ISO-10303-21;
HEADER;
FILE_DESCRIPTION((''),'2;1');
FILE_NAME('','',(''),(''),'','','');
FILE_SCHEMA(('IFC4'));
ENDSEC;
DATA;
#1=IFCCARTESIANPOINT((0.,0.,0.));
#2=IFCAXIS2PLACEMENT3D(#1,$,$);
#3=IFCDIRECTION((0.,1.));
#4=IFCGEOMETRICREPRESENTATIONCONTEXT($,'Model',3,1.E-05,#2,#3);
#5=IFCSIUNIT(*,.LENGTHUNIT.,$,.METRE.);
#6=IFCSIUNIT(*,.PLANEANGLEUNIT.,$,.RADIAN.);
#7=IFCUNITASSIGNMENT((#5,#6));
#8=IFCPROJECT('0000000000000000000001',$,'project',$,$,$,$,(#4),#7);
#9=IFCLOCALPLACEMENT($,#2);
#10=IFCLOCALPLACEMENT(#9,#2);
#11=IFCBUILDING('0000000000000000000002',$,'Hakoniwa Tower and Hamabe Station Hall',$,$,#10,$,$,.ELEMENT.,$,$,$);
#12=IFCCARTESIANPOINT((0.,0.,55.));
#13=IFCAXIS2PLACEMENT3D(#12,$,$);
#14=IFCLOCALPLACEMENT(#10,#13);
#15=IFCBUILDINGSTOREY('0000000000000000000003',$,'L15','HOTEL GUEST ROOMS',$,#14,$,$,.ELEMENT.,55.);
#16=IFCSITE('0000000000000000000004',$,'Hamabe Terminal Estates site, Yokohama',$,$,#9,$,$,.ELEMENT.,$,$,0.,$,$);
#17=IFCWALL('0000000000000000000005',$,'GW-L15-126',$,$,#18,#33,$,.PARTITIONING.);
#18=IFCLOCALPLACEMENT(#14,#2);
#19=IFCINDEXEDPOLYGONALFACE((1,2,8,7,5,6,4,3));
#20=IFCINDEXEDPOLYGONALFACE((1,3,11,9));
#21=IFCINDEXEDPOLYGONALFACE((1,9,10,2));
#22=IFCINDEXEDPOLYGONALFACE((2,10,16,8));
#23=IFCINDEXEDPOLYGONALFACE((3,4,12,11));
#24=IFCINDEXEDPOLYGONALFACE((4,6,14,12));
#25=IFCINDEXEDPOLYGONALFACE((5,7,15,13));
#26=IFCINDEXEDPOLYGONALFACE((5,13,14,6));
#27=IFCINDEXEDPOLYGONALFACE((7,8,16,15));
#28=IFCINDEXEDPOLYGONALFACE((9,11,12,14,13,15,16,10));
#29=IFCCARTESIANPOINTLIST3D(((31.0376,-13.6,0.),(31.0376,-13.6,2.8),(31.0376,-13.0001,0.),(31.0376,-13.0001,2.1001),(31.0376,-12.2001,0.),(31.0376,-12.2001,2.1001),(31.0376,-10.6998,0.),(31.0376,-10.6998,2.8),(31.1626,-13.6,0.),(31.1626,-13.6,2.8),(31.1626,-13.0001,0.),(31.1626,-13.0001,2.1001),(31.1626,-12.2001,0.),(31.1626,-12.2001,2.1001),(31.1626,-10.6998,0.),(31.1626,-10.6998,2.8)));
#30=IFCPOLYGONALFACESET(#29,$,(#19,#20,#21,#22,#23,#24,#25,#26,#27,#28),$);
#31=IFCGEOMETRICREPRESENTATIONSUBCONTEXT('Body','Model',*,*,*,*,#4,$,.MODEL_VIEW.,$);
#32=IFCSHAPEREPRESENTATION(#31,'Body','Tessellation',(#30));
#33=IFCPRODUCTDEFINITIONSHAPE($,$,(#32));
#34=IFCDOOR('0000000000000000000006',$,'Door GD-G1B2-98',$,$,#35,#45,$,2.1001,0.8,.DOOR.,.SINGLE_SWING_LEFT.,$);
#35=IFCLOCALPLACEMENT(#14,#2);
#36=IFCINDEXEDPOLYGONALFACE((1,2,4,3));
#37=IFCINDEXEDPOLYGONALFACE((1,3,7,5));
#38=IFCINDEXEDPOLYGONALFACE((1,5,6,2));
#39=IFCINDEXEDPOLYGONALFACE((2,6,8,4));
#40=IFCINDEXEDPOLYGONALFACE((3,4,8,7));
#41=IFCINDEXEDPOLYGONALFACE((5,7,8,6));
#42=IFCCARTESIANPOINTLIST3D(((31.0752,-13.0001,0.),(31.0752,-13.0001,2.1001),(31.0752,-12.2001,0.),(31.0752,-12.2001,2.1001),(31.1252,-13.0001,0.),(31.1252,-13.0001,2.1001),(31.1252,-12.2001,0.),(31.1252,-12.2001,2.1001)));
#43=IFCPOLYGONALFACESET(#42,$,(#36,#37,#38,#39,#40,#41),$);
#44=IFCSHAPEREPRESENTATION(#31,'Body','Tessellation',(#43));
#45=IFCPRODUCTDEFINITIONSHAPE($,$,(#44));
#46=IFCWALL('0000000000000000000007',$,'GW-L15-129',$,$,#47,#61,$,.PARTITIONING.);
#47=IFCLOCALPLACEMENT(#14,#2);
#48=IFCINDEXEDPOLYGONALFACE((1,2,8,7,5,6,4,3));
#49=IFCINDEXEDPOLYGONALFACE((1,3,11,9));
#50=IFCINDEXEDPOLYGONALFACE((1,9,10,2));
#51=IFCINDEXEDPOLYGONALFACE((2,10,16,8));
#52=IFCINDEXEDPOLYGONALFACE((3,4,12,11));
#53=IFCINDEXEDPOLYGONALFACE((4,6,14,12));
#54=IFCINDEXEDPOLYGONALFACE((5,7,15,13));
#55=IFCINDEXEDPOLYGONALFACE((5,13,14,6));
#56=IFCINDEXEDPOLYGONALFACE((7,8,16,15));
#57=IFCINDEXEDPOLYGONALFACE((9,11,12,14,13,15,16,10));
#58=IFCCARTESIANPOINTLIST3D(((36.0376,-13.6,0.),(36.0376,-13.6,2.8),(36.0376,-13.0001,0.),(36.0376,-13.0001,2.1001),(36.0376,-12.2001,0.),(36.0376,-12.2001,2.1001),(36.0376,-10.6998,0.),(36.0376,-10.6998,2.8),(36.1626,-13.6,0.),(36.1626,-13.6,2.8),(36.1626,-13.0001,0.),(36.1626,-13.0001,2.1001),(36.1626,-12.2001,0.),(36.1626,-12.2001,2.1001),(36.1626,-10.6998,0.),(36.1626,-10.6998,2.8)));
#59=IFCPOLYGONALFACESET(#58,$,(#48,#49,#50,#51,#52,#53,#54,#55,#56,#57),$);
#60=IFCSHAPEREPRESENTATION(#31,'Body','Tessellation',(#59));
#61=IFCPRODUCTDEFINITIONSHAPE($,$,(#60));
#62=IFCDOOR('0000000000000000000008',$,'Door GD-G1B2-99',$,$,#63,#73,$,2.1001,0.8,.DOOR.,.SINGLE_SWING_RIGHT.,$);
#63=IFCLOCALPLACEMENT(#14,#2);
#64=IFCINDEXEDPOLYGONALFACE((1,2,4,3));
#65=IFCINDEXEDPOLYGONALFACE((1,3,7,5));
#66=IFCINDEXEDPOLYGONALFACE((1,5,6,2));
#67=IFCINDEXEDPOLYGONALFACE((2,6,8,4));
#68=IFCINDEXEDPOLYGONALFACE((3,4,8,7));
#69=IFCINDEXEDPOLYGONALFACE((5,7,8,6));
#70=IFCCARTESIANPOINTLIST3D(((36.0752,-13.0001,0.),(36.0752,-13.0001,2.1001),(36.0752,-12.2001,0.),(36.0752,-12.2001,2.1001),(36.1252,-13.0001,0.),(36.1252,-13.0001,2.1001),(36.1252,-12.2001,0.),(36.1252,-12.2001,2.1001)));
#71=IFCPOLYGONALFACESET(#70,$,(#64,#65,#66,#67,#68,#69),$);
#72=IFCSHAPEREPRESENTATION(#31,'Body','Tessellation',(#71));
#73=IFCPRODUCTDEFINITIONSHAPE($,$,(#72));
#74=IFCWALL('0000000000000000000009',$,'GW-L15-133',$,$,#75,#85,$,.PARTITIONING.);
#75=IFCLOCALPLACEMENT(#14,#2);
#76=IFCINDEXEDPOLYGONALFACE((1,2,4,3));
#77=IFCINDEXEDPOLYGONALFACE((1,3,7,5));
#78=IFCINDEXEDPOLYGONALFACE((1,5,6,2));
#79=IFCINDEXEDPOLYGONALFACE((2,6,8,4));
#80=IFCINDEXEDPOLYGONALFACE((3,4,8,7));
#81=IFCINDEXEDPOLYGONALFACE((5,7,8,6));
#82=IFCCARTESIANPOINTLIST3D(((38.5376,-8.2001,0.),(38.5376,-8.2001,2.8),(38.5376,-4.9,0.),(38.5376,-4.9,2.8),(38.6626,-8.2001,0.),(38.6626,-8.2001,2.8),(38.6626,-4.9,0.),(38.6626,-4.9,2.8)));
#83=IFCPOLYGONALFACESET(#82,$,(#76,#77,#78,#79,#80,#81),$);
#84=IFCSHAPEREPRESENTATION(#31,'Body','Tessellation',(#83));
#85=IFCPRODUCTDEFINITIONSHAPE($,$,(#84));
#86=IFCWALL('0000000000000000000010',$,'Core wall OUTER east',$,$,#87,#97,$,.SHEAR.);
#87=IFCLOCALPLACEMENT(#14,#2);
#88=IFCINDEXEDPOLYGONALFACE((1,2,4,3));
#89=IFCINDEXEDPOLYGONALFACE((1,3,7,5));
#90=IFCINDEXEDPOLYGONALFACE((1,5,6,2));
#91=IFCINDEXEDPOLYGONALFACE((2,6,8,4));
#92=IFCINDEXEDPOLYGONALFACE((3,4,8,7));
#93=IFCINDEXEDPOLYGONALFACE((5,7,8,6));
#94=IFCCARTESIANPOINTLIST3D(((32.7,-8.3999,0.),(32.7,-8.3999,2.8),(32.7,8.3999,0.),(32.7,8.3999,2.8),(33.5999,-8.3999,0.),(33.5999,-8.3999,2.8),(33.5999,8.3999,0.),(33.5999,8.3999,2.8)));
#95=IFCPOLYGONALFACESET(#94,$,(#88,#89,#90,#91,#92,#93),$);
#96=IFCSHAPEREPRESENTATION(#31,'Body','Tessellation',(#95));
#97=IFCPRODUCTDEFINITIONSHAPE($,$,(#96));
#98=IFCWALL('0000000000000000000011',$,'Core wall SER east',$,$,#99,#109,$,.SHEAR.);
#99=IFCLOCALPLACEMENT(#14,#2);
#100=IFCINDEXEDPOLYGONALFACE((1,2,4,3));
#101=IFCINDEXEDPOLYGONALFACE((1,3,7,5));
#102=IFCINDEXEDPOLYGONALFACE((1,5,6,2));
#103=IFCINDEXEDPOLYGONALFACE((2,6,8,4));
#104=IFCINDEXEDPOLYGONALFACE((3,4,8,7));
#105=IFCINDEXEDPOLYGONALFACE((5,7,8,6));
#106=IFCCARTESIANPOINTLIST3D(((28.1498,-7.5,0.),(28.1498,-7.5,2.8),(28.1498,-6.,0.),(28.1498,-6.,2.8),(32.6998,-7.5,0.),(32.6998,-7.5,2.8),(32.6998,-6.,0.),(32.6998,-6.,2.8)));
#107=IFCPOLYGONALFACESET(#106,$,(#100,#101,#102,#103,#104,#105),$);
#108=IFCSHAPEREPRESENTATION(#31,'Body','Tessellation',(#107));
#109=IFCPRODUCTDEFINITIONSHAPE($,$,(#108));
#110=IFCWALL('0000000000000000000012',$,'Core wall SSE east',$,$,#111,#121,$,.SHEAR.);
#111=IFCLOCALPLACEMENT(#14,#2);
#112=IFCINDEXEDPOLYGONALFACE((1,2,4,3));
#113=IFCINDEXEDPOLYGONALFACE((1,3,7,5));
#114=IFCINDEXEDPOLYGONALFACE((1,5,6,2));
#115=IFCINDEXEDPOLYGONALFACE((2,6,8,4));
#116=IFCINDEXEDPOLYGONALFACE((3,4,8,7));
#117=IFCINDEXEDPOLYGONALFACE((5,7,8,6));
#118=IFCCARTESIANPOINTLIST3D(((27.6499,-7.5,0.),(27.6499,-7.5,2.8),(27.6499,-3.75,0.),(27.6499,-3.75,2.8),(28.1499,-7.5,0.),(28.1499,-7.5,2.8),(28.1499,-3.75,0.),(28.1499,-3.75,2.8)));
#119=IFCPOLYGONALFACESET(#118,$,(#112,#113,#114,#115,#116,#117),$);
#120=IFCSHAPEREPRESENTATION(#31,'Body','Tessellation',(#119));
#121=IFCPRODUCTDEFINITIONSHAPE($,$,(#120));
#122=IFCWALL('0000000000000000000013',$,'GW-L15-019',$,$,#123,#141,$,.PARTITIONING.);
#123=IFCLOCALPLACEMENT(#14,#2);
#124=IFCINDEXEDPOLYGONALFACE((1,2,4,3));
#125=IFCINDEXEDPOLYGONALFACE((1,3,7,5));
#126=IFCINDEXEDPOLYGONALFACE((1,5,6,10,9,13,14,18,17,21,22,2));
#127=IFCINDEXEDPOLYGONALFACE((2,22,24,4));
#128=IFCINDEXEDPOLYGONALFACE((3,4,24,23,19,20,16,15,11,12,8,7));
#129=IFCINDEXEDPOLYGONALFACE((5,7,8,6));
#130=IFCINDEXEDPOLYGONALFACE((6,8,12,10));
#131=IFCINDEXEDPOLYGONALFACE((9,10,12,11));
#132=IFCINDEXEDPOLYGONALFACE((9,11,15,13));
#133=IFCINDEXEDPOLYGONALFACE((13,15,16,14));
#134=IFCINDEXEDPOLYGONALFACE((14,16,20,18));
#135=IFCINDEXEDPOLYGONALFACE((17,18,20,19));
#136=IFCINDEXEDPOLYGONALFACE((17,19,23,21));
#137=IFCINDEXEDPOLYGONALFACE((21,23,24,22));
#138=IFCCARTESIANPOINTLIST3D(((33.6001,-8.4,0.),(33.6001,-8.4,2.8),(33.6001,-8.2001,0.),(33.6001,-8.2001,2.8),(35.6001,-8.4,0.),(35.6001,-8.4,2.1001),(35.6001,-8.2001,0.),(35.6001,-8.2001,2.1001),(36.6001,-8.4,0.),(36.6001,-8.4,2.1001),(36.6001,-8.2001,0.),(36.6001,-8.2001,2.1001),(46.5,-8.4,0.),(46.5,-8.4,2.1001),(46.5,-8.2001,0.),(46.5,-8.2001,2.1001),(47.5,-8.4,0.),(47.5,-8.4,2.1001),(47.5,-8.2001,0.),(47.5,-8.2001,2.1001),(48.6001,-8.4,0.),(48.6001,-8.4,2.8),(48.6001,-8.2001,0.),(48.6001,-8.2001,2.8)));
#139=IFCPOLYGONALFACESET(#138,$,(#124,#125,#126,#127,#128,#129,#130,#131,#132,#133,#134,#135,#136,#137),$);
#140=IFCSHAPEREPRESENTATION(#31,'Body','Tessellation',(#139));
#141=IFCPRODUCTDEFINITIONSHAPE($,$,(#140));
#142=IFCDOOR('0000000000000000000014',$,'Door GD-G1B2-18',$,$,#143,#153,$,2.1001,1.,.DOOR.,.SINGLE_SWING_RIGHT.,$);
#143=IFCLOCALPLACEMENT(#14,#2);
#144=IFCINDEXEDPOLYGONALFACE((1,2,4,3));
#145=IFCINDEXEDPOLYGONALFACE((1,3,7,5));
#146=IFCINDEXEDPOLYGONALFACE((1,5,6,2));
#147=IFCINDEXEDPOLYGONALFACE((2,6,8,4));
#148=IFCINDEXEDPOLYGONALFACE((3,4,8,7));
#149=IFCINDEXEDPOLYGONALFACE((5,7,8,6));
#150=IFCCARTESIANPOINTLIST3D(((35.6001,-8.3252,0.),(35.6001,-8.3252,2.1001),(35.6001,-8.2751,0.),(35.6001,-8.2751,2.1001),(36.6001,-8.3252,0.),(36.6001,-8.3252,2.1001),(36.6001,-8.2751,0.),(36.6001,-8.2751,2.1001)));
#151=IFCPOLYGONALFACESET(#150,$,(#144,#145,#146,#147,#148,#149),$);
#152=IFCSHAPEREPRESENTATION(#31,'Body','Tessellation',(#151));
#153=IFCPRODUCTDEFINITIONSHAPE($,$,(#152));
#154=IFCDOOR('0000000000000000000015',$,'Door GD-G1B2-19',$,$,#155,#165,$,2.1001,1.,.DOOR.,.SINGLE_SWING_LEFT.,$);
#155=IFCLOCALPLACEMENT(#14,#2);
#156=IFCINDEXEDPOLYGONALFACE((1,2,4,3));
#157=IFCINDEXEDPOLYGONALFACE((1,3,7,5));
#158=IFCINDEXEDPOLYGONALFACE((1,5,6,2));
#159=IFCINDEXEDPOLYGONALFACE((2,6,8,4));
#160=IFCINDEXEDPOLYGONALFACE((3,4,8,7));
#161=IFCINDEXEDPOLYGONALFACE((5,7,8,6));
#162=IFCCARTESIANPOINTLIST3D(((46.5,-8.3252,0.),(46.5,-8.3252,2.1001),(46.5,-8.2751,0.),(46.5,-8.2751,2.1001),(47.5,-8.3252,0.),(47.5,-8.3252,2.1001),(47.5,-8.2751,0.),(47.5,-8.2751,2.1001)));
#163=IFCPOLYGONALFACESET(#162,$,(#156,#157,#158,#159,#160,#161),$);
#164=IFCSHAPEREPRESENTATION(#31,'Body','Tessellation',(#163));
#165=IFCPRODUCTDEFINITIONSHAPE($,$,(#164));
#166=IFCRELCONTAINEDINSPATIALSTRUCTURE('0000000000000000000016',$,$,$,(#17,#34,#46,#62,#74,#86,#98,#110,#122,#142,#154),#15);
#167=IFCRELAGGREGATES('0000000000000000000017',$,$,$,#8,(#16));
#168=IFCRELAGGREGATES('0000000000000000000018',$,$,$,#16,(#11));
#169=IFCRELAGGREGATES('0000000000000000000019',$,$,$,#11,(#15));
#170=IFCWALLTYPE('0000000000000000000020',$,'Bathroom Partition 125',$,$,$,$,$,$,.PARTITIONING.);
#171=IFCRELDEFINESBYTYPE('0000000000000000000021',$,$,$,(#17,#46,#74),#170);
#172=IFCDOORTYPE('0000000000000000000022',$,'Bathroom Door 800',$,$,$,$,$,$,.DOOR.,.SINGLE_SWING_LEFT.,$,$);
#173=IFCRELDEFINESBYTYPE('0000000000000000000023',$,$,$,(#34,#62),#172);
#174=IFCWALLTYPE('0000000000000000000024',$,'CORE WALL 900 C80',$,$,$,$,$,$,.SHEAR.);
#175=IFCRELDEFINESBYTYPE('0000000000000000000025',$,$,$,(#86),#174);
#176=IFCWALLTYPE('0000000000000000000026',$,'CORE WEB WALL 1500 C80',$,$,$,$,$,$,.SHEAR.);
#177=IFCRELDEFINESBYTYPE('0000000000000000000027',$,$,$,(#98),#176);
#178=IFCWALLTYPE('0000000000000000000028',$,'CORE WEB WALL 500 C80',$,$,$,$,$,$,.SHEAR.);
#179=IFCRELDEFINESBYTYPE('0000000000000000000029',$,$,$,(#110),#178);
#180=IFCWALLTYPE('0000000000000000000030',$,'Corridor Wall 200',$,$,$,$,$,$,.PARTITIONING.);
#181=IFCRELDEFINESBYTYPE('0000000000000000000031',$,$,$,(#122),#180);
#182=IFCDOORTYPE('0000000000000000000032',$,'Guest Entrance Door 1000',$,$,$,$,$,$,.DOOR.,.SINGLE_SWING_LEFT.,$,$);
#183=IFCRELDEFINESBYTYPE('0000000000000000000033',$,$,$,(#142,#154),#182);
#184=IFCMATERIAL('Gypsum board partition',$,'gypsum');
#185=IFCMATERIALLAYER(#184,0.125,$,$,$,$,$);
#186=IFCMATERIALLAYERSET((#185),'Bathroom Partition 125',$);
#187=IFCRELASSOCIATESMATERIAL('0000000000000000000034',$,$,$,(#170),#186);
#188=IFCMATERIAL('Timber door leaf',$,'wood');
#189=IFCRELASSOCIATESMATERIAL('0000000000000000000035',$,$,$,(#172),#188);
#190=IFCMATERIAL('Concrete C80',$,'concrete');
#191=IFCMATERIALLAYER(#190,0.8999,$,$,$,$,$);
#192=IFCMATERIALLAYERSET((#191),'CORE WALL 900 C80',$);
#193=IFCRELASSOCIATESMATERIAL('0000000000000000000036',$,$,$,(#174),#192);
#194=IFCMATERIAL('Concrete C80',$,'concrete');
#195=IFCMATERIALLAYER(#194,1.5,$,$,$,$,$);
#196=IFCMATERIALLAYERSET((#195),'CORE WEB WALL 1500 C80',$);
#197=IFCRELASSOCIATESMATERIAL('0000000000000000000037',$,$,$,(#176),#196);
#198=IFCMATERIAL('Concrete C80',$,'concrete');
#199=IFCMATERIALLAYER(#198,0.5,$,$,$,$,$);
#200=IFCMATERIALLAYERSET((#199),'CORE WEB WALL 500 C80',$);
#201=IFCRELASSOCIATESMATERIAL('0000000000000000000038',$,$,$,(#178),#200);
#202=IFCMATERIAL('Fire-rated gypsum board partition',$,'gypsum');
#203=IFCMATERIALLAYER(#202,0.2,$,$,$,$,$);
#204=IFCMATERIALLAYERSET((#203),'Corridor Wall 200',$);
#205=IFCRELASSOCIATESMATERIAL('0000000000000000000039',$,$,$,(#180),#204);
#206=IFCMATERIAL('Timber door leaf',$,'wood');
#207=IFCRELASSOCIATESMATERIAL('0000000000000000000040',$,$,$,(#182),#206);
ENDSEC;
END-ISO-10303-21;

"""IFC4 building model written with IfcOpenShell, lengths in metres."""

from ifc_helpers import new_model, si_unit, direction, frame, frame_2d, origin, place, context, subcontext, project, spatial, rectangle, extrude, material, layer, layer_set, type_object, element, fill, save


model = new_model("IFC4")

# Units and contexts
model_context = context("Model", 3, precision=1e-05, world=origin(), true_north=direction((0.0, 1.0)))
body_context = subcontext(model_context, "Body", "Model", "MODEL_VIEW")
ifc_project = project(units=[si_unit("LENGTHUNIT", "METRE"), si_unit("PLANEANGLEUNIT", "RADIAN")], contexts=[model_context])

# Site, building, storey
site_placement = place(None, origin())
site = spatial("IfcSite", under=ifc_project, at=site_placement, Name="Hamabe Terminal Estates site, Yokohama", CompositionType="ELEMENT", RefElevation=0.0)
building_placement = place(site_placement, origin())
building = spatial("IfcBuilding", under=site, at=building_placement, Name="Hakoniwa Tower and Hamabe Station Hall", CompositionType="ELEMENT")
storey_placement = place(building_placement, frame((0.0, 0.0, 55.0)))
storey = spatial("IfcBuildingStorey", under=building, at=storey_placement, Name="L15", Description="HOTEL GUEST ROOMS", CompositionType="ELEMENT", Elevation=55.0)

# Shared definitions
ifc_material_1 = material(Name="Gypsum board partition", Category="gypsum")
ifc_layer_1 = layer(ifc_material_1, 0.125)
ifc_layer_set_1 = layer_set([ifc_layer_1], Name="Bathroom Partition 125")
wall_type_1 = type_object("IfcWallType", Name="Bathroom Partition 125", PredefinedType="PARTITIONING", material=ifc_layer_set_1)

# Shared definitions
ifc_material_2 = material(Name="Timber door leaf", Category="wood")
door_type_1 = type_object("IfcDoorType", Name="Bathroom Door 800", OperationType="SINGLE_SWING_LEFT", PredefinedType="DOOR", material=ifc_material_2)

# Walls, openings, doors
wall_1_placement = place(storey_placement, frame((31.1001, -13.6001, 0.0), z_axis=(0.0, 0.0, 1.0), x_axis=(0.0, 1.0, 0.0)))
wall_1 = element("IfcWall", 1, at=wall_1_placement, inside=storey, type_object=wall_type_1, Name="GW-L15-126", PredefinedType="PARTITIONING", context=body_context, shape_type="SweptSolid", body=[
    extrude(rectangle(XDim=2.9001, YDim=0.125, at=frame_2d((1.4502, 0.0))), origin(), (0.0, 0.0, 1.0), 2.8),
])
opening_1_placement = place(wall_1_placement, frame((0.6001, 0.0, 0.0)))
opening_1 = element("IfcOpeningElement", 2, at=opening_1_placement, cuts=wall_1, PredefinedType="OPENING", context=body_context, shape_type="SweptSolid", body=[
    extrude(rectangle(XDim=0.8, YDim=2.1001, at=frame_2d((0.3999, 1.05))), frame((0.0, 0.0725, 0.0), z_axis=(0.0, -1.0, 0.0), x_axis=(1.0, 0.0, 0.0)), (0.0, 0.0, 1.0), 0.145),
])
door_1_placement = place(opening_1_placement, origin())
door_1 = element("IfcDoor", 3, at=door_1_placement, inside=storey, type_object=door_type_1, Name="Door GD-G1B2-98", OperationType="SINGLE_SWING_LEFT", OverallHeight=2.1001, OverallWidth=0.8, PredefinedType="DOOR", context=body_context, shape_type="SweptSolid", body=[
    extrude(rectangle(XDim=0.8, YDim=2.1001, at=frame_2d((0.3999, 1.05))), frame((0.0, 0.0249, 0.0), z_axis=(0.0, -1.0, 0.0), x_axis=(1.0, 0.0, 0.0)), (0.0, 0.0, 1.0), 0.05),
])
fill(opening_1, door_1)
wall_2_placement = place(storey_placement, frame((36.1001, -13.6001, 0.0), z_axis=(0.0, 0.0, 1.0), x_axis=(0.0, 1.0, 0.0)))
wall_2 = element("IfcWall", 4, at=wall_2_placement, inside=storey, type_object=wall_type_1, Name="GW-L15-129", PredefinedType="PARTITIONING", context=body_context, shape_type="SweptSolid", body=[
    extrude(rectangle(XDim=2.9001, YDim=0.125, at=frame_2d((1.4502, 0.0))), origin(), (0.0, 0.0, 1.0), 2.8),
])
opening_2_placement = place(wall_2_placement, frame((0.6001, 0.0, 0.0)))
opening_2 = element("IfcOpeningElement", 5, at=opening_2_placement, cuts=wall_2, PredefinedType="OPENING", context=body_context, shape_type="SweptSolid", body=[
    extrude(rectangle(XDim=0.8, YDim=2.1001, at=frame_2d((0.3999, 1.05))), frame((0.0, 0.0725, 0.0), z_axis=(0.0, -1.0, 0.0), x_axis=(1.0, 0.0, 0.0)), (0.0, 0.0, 1.0), 0.145),
])
door_2_placement = place(opening_2_placement, origin())
door_2 = element("IfcDoor", 6, at=door_2_placement, inside=storey, type_object=door_type_1, Name="Door GD-G1B2-99", OperationType="SINGLE_SWING_RIGHT", OverallHeight=2.1001, OverallWidth=0.8, PredefinedType="DOOR", context=body_context, shape_type="SweptSolid", body=[
    extrude(rectangle(XDim=0.8, YDim=2.1001, at=frame_2d((0.3999, 1.05))), frame((0.0, 0.0249, 0.0), z_axis=(0.0, -1.0, 0.0), x_axis=(1.0, 0.0, 0.0)), (0.0, 0.0, 1.0), 0.05),
])
fill(opening_2, door_2)

# Walls
wall_3_placement = place(storey_placement, frame((38.6001, -8.2, 0.0), z_axis=(0.0, 0.0, 1.0), x_axis=(0.0, 1.0, 0.0)))
element("IfcWall", 7, at=wall_3_placement, inside=storey, type_object=wall_type_1, Name="GW-L15-133", PredefinedType="PARTITIONING", context=body_context, shape_type="SweptSolid", body=[
    extrude(rectangle(XDim=3.3, YDim=0.125, at=frame_2d((1.6499, 0.0))), origin(), (0.0, 0.0, 1.0), 2.8),
])
ifc_material_3 = material(Name="Concrete C80", Category="concrete")
ifc_layer_2 = layer(ifc_material_3, 0.8999)
ifc_layer_set_2 = layer_set([ifc_layer_2], Name="CORE WALL 900 C80")
wall_type_2 = type_object("IfcWallType", Name="CORE WALL 900 C80", PredefinedType="SHEAR", material=ifc_layer_set_2)
wall_4_placement = place(storey_placement, frame((33.1499, -8.3999, 0.0), z_axis=(0.0, 0.0, 1.0), x_axis=(0.0, 1.0, 0.0)))
element("IfcWall", 8, at=wall_4_placement, inside=storey, type_object=wall_type_2, Name="Core wall OUTER east", PredefinedType="SHEAR", context=body_context, shape_type="SweptSolid", body=[
    extrude(rectangle(XDim=16.7998, YDim=0.8999, at=frame_2d((8.3999, 0.0))), origin(), (0.0, 0.0, 1.0), 2.8),
])
ifc_material_4 = material(Name="Concrete C80", Category="concrete")
ifc_layer_3 = layer(ifc_material_4, 1.5)
ifc_layer_set_3 = layer_set([ifc_layer_3], Name="CORE WEB WALL 1500 C80")
wall_type_3 = type_object("IfcWallType", Name="CORE WEB WALL 1500 C80", PredefinedType="SHEAR", material=ifc_layer_set_3)
wall_5_placement = place(storey_placement, frame((28.1499, -6.75, 0.0), z_axis=(0.0, 0.0, 1.0), x_axis=(1.0, 0.0, 0.0)))
element("IfcWall", 9, at=wall_5_placement, inside=storey, type_object=wall_type_3, Name="Core wall SER east", PredefinedType="SHEAR", context=body_context, shape_type="SweptSolid", body=[
    extrude(rectangle(XDim=4.55, YDim=1.5, at=frame_2d((2.2749, 0.0))), origin(), (0.0, 0.0, 1.0), 2.8),
])
ifc_material_5 = material(Name="Concrete C80", Category="concrete")
ifc_layer_4 = layer(ifc_material_5, 0.5)
ifc_layer_set_4 = layer_set([ifc_layer_4], Name="CORE WEB WALL 500 C80")
wall_type_4 = type_object("IfcWallType", Name="CORE WEB WALL 500 C80", PredefinedType="SHEAR", material=ifc_layer_set_4)
wall_6_placement = place(storey_placement, frame((27.8999, -7.5, 0.0), z_axis=(0.0, 0.0, 1.0), x_axis=(0.0, 1.0, 0.0)))
element("IfcWall", 10, at=wall_6_placement, inside=storey, type_object=wall_type_4, Name="Core wall SSE east", PredefinedType="SHEAR", context=body_context, shape_type="SweptSolid", body=[
    extrude(rectangle(XDim=3.75, YDim=0.5, at=frame_2d((1.875, 0.0))), origin(), (0.0, 0.0, 1.0), 2.8),
])

# Wall, openings, doors
ifc_material_6 = material(Name="Fire-rated gypsum board partition", Category="gypsum")
ifc_layer_5 = layer(ifc_material_6, 0.2)
ifc_layer_set_5 = layer_set([ifc_layer_5], Name="Corridor Wall 200")
wall_type_5 = type_object("IfcWallType", Name="Corridor Wall 200", PredefinedType="PARTITIONING", material=ifc_layer_set_5)
wall_7_placement = place(storey_placement, frame((33.6001, -8.3, 0.0), z_axis=(0.0, 0.0, 1.0), x_axis=(1.0, 0.0, 0.0)))
wall_7 = element("IfcWall", 11, at=wall_7_placement, inside=storey, type_object=wall_type_5, Name="GW-L15-019", PredefinedType="PARTITIONING", context=body_context, shape_type="SweptSolid", body=[
    extrude(rectangle(XDim=15.0, YDim=0.2, at=frame_2d((7.5, 0.0))), origin(), (0.0, 0.0, 1.0), 2.8),
])
opening_3_placement = place(wall_7_placement, frame((2.0, 0.0, 0.0)))
opening_3 = element("IfcOpeningElement", 12, at=opening_3_placement, cuts=wall_7, PredefinedType="OPENING", context=body_context, shape_type="SweptSolid", body=[
    extrude(rectangle(XDim=1.0, YDim=2.1001, at=frame_2d((0.5, 1.05))), frame((0.0, 0.1099, 0.0), z_axis=(0.0, -1.0, 0.0), x_axis=(1.0, 0.0, 0.0)), (0.0, 0.0, 1.0), 0.22),
])
opening_4_placement = place(wall_7_placement, frame((12.8999, 0.0, 0.0)))
opening_4 = element("IfcOpeningElement", 13, at=opening_4_placement, cuts=wall_7, PredefinedType="OPENING", context=body_context, shape_type="SweptSolid", body=[
    extrude(rectangle(XDim=1.0, YDim=2.1001, at=frame_2d((0.5, 1.05))), frame((0.0, 0.1099, 0.0), z_axis=(0.0, -1.0, 0.0), x_axis=(1.0, 0.0, 0.0)), (0.0, 0.0, 1.0), 0.22),
])
ifc_material_7 = material(Name="Timber door leaf", Category="wood")
door_type_2 = type_object("IfcDoorType", Name="Guest Entrance Door 1000", OperationType="SINGLE_SWING_LEFT", PredefinedType="DOOR", material=ifc_material_7)
door_3_placement = place(opening_3_placement, origin())
door_3 = element("IfcDoor", 14, at=door_3_placement, inside=storey, type_object=door_type_2, Name="Door GD-G1B2-18", OperationType="SINGLE_SWING_RIGHT", OverallHeight=2.1001, OverallWidth=1.0, PredefinedType="DOOR", context=body_context, shape_type="SweptSolid", body=[
    extrude(rectangle(XDim=1.0, YDim=2.1001, at=frame_2d((0.5, 1.05))), frame((0.0, 0.0249, 0.0), z_axis=(0.0, -1.0, 0.0), x_axis=(1.0, 0.0, 0.0)), (0.0, 0.0, 1.0), 0.05),
])
fill(opening_3, door_3)
door_4_placement = place(opening_4_placement, origin())
door_4 = element("IfcDoor", 15, at=door_4_placement, inside=storey, type_object=door_type_2, Name="Door GD-G1B2-19", OperationType="SINGLE_SWING_LEFT", OverallHeight=2.1001, OverallWidth=1.0, PredefinedType="DOOR", context=body_context, shape_type="SweptSolid", body=[
    extrude(rectangle(XDim=1.0, YDim=2.1001, at=frame_2d((0.5, 1.05))), frame((0.0, 0.0249, 0.0), z_axis=(0.0, -1.0, 0.0), x_axis=(1.0, 0.0, 0.0)), (0.0, 0.0, 1.0), 0.05),
])
fill(opening_4, door_4)

save(model, "model.ifc")
